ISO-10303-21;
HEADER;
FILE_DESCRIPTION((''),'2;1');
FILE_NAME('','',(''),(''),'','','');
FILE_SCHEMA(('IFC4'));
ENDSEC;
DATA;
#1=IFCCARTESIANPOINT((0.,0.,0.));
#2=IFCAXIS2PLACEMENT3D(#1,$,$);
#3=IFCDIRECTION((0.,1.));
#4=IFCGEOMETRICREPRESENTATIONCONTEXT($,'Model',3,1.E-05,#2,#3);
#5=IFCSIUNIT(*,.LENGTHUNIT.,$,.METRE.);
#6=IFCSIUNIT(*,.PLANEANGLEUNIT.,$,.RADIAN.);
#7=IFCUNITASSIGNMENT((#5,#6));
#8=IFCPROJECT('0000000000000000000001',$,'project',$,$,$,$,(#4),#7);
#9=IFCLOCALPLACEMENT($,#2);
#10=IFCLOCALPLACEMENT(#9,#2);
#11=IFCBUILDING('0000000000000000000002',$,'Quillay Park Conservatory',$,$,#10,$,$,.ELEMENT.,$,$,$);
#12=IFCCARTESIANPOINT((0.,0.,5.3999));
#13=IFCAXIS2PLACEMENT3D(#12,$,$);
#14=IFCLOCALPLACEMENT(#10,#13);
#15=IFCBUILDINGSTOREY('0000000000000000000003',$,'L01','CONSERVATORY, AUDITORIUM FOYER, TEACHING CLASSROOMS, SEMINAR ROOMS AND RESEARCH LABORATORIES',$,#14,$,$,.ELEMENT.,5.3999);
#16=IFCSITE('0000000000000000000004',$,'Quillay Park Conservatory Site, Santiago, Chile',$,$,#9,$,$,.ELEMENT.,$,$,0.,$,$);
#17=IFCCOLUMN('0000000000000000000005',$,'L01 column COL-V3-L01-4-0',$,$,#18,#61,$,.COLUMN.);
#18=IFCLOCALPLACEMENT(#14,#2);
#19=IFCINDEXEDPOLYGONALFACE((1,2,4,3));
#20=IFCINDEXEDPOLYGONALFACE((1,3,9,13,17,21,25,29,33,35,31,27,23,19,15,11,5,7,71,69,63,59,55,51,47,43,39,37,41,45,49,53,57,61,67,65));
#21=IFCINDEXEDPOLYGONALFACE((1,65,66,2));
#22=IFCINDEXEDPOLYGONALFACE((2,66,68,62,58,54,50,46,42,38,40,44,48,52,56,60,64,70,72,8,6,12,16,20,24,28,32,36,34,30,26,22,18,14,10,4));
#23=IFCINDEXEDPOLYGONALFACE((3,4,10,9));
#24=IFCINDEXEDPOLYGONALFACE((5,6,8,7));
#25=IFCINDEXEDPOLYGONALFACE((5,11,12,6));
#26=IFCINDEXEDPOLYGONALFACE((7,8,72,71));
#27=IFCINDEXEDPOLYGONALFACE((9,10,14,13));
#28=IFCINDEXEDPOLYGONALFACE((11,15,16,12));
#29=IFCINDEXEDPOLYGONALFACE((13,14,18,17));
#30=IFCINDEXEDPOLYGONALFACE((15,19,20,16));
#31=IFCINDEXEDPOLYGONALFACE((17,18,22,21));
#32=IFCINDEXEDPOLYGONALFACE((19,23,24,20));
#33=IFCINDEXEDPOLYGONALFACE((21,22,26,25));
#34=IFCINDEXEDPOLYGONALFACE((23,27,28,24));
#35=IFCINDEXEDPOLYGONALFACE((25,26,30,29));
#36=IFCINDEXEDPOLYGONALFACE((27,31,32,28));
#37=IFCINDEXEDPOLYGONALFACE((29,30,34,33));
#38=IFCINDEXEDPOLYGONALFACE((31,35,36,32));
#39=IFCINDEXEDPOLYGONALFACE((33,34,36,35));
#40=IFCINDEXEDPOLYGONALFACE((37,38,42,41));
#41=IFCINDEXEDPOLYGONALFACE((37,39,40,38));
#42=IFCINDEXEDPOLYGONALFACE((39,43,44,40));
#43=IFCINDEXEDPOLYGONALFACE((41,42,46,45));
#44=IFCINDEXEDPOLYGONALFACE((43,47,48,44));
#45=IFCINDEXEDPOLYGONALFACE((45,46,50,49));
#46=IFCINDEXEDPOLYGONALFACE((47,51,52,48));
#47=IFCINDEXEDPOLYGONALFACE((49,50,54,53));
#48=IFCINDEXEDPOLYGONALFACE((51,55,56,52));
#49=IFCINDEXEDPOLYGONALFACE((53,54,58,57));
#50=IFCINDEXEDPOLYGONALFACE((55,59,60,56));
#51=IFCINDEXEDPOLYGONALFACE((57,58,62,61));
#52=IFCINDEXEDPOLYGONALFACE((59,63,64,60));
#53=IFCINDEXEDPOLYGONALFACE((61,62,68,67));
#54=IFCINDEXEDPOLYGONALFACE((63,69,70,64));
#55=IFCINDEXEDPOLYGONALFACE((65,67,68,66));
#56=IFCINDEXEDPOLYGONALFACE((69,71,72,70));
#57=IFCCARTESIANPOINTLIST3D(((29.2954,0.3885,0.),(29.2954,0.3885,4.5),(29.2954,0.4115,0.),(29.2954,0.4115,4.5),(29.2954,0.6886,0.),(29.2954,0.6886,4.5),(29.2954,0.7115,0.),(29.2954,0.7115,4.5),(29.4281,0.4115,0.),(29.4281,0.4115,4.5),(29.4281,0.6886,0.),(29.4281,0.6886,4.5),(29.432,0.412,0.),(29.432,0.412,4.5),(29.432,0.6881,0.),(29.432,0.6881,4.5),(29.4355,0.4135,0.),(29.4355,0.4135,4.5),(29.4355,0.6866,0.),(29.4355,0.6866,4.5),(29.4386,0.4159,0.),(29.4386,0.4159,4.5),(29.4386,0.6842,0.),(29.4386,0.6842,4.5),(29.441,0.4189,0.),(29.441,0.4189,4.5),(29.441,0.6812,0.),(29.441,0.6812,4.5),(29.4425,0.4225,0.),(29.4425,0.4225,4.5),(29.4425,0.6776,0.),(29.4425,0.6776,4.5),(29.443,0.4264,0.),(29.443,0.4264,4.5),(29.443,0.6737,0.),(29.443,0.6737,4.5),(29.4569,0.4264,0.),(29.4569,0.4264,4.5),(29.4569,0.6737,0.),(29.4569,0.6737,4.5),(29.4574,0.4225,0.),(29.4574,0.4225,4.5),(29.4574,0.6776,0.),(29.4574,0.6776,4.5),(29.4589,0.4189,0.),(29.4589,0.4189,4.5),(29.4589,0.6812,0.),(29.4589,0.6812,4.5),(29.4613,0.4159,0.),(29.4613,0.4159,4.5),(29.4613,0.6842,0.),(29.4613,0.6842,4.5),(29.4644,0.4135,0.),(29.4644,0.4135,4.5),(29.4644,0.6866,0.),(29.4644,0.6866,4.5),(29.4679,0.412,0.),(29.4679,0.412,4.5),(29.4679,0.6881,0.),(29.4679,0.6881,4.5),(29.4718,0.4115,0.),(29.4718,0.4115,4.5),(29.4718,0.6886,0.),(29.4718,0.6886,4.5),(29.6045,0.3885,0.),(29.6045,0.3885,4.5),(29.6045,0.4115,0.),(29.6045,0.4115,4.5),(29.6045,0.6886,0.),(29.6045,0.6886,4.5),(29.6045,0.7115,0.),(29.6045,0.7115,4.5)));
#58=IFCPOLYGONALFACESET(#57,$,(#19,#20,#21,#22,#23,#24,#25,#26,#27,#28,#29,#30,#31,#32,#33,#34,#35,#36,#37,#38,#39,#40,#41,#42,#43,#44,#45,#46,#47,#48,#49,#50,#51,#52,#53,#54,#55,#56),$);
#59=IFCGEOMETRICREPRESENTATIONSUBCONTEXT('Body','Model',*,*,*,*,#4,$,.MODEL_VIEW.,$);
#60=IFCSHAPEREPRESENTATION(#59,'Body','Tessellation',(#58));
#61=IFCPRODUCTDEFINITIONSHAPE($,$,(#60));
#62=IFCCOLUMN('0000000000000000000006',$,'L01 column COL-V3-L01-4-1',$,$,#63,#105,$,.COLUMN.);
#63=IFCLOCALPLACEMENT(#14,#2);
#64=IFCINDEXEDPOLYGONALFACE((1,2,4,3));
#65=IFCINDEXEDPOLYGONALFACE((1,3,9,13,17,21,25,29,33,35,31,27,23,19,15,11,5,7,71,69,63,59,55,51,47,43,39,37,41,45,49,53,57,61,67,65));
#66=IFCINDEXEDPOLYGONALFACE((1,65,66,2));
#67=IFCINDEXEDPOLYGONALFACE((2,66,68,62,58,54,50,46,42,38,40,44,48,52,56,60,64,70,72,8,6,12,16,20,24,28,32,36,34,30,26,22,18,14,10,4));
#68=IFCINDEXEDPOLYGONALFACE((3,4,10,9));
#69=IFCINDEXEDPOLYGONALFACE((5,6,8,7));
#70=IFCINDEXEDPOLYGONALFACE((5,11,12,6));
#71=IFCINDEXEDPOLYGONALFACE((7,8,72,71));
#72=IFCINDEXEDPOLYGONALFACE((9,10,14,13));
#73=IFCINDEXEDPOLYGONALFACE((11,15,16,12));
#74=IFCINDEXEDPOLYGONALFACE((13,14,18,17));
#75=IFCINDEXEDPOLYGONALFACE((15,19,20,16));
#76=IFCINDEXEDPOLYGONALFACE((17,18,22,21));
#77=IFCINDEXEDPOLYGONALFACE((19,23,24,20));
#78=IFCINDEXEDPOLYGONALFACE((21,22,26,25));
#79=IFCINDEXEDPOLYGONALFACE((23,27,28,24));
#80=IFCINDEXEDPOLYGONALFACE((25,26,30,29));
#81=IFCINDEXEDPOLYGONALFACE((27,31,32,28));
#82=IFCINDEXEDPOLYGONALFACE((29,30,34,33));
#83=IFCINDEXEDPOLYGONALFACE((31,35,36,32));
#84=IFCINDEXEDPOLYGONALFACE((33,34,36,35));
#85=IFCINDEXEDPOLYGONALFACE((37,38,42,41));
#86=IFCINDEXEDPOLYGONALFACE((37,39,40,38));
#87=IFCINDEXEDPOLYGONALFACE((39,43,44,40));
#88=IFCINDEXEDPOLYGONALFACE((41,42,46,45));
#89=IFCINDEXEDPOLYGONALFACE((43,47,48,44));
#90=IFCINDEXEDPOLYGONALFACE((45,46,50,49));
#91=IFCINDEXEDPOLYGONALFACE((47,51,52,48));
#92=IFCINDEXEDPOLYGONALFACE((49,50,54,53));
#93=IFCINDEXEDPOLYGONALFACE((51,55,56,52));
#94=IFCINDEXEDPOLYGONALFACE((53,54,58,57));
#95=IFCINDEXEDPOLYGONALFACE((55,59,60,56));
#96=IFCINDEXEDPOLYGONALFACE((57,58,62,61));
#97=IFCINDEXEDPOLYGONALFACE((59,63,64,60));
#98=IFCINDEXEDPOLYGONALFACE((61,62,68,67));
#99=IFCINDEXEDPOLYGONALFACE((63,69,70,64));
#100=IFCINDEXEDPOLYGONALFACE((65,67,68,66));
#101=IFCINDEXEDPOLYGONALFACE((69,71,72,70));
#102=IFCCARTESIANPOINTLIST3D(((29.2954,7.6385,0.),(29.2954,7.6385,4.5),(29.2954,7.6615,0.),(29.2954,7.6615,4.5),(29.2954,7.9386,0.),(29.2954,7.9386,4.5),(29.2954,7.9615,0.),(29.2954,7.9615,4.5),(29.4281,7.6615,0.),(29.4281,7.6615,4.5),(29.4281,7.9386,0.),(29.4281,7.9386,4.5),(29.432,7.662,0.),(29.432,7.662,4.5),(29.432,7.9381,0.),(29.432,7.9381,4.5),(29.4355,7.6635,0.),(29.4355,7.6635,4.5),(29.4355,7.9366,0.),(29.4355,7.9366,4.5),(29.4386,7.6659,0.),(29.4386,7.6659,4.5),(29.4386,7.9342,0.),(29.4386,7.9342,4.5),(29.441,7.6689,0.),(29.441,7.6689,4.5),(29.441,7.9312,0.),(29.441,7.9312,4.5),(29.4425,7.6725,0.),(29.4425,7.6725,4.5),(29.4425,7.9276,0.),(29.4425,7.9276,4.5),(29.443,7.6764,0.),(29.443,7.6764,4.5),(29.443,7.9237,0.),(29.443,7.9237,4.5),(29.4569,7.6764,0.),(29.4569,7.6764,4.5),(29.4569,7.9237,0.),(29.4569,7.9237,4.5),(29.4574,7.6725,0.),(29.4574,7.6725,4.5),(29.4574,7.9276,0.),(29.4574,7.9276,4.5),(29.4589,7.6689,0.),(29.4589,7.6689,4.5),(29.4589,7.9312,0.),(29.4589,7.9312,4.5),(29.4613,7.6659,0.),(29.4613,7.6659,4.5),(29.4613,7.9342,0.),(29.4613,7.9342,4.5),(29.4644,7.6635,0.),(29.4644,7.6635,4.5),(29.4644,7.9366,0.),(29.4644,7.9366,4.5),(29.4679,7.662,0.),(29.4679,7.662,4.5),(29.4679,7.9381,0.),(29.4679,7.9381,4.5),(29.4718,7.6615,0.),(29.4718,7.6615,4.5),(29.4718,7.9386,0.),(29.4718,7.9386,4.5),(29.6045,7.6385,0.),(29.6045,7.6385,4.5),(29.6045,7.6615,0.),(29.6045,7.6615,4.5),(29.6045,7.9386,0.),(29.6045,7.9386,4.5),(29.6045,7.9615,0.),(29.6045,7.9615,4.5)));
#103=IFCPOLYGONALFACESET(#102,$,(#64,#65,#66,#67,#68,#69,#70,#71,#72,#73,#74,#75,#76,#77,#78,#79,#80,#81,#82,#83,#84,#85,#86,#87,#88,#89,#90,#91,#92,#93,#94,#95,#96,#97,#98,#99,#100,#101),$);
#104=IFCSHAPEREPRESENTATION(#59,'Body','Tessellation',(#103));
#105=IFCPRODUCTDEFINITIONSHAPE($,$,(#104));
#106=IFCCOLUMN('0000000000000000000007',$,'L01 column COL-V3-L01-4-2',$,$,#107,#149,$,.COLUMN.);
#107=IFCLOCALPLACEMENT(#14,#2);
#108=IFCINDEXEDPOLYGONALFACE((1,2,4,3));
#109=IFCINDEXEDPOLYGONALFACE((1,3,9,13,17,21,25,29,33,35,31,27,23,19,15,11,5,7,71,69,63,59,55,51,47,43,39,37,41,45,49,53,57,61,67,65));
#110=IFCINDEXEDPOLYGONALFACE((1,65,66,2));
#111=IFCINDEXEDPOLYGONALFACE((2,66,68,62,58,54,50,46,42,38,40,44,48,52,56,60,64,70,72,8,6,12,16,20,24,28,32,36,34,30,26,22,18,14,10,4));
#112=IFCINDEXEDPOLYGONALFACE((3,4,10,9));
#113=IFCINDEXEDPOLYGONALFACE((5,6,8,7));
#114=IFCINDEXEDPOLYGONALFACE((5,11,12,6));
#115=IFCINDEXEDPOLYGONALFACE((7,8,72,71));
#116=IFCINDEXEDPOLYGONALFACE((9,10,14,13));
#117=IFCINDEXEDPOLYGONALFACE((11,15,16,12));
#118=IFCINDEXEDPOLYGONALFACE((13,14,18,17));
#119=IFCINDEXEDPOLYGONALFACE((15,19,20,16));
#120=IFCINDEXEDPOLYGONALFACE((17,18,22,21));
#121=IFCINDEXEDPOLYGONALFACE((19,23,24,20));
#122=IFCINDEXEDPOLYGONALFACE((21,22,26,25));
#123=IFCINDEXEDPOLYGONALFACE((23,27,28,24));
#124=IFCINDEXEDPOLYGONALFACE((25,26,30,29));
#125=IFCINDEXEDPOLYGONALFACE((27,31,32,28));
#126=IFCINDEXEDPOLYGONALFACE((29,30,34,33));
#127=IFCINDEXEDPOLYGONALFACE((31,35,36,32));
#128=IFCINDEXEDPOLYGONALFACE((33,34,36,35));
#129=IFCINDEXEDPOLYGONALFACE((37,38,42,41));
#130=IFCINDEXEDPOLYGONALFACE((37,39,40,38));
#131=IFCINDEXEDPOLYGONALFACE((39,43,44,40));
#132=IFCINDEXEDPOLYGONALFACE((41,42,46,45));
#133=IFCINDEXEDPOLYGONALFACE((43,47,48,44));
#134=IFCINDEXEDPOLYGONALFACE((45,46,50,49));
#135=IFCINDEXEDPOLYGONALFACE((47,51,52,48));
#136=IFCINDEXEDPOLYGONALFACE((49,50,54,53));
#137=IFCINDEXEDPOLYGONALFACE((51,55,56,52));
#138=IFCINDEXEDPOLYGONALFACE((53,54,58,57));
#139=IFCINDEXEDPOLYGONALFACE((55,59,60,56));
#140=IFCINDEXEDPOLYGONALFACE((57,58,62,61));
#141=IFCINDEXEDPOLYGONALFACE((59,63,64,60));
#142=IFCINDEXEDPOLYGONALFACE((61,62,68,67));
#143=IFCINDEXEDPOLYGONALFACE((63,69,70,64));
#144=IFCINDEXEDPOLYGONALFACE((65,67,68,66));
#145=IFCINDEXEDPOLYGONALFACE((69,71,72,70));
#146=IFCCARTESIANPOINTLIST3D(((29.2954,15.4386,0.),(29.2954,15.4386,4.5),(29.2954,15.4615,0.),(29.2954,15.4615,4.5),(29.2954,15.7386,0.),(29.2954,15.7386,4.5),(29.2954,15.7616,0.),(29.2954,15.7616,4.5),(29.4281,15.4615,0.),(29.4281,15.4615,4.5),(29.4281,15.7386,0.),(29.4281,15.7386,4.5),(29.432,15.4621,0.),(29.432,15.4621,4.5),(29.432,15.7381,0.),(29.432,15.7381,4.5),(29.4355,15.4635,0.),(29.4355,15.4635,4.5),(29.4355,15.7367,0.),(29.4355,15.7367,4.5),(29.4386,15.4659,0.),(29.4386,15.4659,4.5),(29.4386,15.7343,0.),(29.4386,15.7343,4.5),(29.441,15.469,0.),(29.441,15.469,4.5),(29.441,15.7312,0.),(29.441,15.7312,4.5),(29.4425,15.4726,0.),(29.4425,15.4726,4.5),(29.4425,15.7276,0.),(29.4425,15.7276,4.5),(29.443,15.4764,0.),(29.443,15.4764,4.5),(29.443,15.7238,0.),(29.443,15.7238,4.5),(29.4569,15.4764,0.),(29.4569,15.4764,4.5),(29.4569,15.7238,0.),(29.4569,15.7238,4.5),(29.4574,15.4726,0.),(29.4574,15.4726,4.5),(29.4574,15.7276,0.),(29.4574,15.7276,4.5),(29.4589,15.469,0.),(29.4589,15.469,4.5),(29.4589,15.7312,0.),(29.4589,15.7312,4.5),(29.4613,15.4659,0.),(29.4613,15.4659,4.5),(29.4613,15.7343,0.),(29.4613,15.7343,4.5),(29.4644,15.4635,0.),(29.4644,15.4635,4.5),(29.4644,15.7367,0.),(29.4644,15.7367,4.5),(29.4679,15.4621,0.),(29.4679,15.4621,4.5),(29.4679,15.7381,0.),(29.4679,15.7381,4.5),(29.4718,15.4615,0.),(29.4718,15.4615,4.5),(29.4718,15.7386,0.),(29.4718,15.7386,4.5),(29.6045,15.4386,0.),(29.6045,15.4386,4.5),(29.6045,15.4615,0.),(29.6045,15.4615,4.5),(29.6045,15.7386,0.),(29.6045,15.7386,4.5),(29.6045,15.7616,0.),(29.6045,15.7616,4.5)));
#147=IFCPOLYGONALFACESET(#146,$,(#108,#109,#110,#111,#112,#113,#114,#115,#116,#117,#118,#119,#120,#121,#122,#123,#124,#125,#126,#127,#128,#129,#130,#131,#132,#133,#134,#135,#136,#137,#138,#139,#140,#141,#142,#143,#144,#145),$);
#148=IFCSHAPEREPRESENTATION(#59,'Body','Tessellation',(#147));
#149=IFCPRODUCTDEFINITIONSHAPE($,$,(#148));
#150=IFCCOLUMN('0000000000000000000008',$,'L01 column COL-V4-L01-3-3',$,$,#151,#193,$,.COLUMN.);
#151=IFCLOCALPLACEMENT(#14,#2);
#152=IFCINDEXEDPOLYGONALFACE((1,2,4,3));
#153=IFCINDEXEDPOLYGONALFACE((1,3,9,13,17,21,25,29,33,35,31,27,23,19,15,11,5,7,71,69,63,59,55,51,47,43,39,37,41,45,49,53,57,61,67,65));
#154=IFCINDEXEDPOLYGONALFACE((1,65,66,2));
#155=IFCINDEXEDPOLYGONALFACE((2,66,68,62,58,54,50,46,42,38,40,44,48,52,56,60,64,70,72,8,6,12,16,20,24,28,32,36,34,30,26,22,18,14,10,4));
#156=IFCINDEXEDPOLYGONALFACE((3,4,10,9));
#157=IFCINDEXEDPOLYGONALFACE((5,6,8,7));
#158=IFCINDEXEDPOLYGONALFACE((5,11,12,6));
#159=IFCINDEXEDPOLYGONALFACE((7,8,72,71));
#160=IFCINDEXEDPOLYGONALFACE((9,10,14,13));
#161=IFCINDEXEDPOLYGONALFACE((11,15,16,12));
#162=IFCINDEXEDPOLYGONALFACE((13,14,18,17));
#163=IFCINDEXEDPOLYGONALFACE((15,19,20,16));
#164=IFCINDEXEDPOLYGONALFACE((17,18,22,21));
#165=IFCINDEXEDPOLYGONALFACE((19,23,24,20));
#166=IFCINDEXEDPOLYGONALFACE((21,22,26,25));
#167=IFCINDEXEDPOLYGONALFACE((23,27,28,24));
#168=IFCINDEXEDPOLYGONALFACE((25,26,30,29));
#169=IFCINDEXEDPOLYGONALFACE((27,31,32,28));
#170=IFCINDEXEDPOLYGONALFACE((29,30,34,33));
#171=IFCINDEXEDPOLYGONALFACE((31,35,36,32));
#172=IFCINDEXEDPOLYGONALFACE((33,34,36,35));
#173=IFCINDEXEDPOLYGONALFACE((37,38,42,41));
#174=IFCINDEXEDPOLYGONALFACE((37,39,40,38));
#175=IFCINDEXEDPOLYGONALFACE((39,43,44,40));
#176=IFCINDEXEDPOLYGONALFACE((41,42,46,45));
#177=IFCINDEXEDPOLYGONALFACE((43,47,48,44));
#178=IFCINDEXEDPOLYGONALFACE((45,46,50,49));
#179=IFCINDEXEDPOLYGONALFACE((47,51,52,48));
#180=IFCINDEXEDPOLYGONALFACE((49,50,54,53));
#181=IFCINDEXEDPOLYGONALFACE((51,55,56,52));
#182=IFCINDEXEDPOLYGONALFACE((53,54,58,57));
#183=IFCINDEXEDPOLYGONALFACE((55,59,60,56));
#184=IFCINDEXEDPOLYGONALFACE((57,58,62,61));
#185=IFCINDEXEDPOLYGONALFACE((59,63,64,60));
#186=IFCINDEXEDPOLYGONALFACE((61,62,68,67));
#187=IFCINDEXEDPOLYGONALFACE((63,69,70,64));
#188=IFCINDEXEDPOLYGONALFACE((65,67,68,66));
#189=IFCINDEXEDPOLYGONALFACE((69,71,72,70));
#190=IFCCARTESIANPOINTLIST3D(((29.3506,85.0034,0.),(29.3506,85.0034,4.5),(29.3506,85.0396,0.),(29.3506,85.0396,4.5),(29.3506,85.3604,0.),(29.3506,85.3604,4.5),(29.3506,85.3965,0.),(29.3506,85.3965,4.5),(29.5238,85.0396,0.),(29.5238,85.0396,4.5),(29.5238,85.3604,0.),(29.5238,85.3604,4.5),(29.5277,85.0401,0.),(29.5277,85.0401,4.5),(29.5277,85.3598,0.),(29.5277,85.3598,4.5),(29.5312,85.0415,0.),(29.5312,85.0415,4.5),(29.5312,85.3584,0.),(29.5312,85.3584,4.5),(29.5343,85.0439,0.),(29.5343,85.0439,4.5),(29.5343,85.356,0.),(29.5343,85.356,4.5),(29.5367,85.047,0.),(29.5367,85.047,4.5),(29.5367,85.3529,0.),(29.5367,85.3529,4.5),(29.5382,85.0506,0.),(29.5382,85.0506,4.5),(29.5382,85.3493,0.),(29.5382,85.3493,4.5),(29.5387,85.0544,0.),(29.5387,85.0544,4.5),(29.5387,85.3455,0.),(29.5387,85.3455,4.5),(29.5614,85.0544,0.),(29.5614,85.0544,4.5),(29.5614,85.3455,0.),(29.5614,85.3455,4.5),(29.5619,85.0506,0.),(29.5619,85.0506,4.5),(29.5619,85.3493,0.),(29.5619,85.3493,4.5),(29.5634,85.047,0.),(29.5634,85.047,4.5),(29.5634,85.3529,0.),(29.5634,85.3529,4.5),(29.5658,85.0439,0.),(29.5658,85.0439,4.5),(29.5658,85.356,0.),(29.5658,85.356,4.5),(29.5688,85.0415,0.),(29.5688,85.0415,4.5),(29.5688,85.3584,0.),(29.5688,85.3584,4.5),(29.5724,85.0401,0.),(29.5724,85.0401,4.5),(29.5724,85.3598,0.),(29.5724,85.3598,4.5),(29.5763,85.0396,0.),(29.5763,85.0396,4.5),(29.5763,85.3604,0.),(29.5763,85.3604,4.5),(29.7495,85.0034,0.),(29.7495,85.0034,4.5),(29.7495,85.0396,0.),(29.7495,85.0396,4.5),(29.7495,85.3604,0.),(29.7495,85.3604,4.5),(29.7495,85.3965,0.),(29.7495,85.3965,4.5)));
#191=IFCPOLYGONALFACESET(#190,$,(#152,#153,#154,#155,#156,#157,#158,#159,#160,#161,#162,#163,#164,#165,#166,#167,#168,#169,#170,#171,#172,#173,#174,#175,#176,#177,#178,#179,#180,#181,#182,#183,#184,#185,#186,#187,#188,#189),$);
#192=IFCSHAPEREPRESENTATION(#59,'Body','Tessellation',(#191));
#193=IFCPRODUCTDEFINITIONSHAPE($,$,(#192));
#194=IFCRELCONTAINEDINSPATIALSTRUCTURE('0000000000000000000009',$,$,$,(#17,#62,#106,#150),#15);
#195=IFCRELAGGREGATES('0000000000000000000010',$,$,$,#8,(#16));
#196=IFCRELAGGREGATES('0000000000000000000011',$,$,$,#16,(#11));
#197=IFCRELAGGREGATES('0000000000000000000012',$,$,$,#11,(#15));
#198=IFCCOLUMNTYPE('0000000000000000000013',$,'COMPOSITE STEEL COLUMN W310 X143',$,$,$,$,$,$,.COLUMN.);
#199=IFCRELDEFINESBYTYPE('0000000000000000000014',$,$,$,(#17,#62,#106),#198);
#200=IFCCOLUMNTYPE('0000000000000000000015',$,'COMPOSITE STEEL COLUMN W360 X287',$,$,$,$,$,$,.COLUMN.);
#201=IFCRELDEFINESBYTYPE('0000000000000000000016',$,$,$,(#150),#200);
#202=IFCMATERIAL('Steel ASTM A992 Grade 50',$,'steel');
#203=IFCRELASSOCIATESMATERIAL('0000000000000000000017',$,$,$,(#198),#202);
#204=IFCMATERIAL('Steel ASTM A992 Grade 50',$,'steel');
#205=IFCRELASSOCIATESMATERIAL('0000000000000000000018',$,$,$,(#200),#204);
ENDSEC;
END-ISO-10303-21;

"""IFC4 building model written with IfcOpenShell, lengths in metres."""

from ifc_helpers import new_model, si_unit, direction, frame, origin, origin_2d, place, context, subcontext, project, spatial, i_section, extrude, material, material_profile, profile_set, type_object, element, save


model = new_model("IFC4")

# Units and contexts
model_context = context("Model", 3, precision=1e-05, world=origin(), true_north=direction((0.0, 1.0)))
body_context = subcontext(model_context, "Body", "Model", "MODEL_VIEW")
ifc_project = project(units=[si_unit("LENGTHUNIT", "METRE"), si_unit("PLANEANGLEUNIT", "RADIAN")], contexts=[model_context])

# Site, building, storey
site_placement = place(None, origin())
site = spatial("IfcSite", under=ifc_project, at=site_placement, Name="Quillay Park Conservatory Site, Santiago, Chile", CompositionType="ELEMENT", RefElevation=0.0)
building_placement = place(site_placement, origin())
building = spatial("IfcBuilding", under=site, at=building_placement, Name="Quillay Park Conservatory", CompositionType="ELEMENT")
storey_placement = place(building_placement, frame((0.0, 0.0, 5.3999)))
storey = spatial("IfcBuildingStorey", under=building, at=storey_placement, Name="L01", Description="CONSERVATORY, AUDITORIUM FOYER, TEACHING CLASSROOMS, SEMINAR ROOMS AND RESEARCH LABORATORIES", CompositionType="ELEMENT", Elevation=5.3999)

# Columns
ifc_material_1 = material(Name="Steel ASTM A992 Grade 50", Category="steel")
ifc_material_profile_1 = material_profile(ifc_material_1, i_section(OverallWidth=0.3091, OverallDepth=0.323, WebThickness=0.0139, FlangeThickness=0.0229, FilletRadius=0.0149, at=origin_2d()), Name="W310x143")
ifc_profile_set_1 = profile_set([ifc_material_profile_1], Name="Steel ASTM A992 Grade 50")
column_type_1 = type_object("IfcColumnType", Name="COMPOSITE STEEL COLUMN W310 X143", PredefinedType="COLUMN", material=ifc_profile_set_1)
for number, where, z_axis, x_axis, name in (
    (1, (29.45, 0.55, 0.0), (0.0, 0.0, 1.0), (1.0, 0.0, 0.0), "L01 column COL-V3-L01-4-0"),
    (2, (29.45, 7.8, 0.0), (0.0, 0.0, 1.0), (1.0, 0.0, 0.0), "L01 column COL-V3-L01-4-1"),
    (3, (29.45, 15.6001, 0.0), (0.0, 0.0, 1.0), (1.0, 0.0, 0.0), "L01 column COL-V3-L01-4-2"),
):
    element("IfcColumn", number, at=place(storey_placement, frame(where, z_axis=z_axis, x_axis=x_axis)), inside=storey, type_object=column_type_1, Name=name, PredefinedType="COLUMN", context=body_context, shape_type="SweptSolid", body=[
        extrude(i_section(OverallWidth=0.3091, OverallDepth=0.323, WebThickness=0.0139, FlangeThickness=0.0229, FilletRadius=0.0149, at=origin_2d()), origin(), (0.0, 0.0, 1.0), 4.5),
    ])
ifc_material_2 = material(Name="Steel ASTM A992 Grade 50", Category="steel")
ifc_material_profile_2 = material_profile(ifc_material_2, i_section(OverallWidth=0.3989, OverallDepth=0.3931, WebThickness=0.0227, FlangeThickness=0.0361, FilletRadius=0.0149, at=origin_2d()), Name="W360x287")
ifc_profile_set_2 = profile_set([ifc_material_profile_2], Name="Steel ASTM A992 Grade 50")
column_type_2 = type_object("IfcColumnType", Name="COMPOSITE STEEL COLUMN W360 X287", PredefinedType="COLUMN", material=ifc_profile_set_2)
column_placement = place(storey_placement, frame((29.55, 85.2, 0.0), z_axis=(0.0, 0.0, 1.0), x_axis=(1.0, 0.0, 0.0)))
element("IfcColumn", 4, at=column_placement, inside=storey, type_object=column_type_2, Name="L01 column COL-V4-L01-3-3", PredefinedType="COLUMN", context=body_context, shape_type="SweptSolid", body=[
    extrude(i_section(OverallWidth=0.3989, OverallDepth=0.3931, WebThickness=0.0227, FlangeThickness=0.0361, FilletRadius=0.0149, at=origin_2d()), origin(), (0.0, 0.0, 1.0), 4.5),
])

save(model, "model.ifc")
